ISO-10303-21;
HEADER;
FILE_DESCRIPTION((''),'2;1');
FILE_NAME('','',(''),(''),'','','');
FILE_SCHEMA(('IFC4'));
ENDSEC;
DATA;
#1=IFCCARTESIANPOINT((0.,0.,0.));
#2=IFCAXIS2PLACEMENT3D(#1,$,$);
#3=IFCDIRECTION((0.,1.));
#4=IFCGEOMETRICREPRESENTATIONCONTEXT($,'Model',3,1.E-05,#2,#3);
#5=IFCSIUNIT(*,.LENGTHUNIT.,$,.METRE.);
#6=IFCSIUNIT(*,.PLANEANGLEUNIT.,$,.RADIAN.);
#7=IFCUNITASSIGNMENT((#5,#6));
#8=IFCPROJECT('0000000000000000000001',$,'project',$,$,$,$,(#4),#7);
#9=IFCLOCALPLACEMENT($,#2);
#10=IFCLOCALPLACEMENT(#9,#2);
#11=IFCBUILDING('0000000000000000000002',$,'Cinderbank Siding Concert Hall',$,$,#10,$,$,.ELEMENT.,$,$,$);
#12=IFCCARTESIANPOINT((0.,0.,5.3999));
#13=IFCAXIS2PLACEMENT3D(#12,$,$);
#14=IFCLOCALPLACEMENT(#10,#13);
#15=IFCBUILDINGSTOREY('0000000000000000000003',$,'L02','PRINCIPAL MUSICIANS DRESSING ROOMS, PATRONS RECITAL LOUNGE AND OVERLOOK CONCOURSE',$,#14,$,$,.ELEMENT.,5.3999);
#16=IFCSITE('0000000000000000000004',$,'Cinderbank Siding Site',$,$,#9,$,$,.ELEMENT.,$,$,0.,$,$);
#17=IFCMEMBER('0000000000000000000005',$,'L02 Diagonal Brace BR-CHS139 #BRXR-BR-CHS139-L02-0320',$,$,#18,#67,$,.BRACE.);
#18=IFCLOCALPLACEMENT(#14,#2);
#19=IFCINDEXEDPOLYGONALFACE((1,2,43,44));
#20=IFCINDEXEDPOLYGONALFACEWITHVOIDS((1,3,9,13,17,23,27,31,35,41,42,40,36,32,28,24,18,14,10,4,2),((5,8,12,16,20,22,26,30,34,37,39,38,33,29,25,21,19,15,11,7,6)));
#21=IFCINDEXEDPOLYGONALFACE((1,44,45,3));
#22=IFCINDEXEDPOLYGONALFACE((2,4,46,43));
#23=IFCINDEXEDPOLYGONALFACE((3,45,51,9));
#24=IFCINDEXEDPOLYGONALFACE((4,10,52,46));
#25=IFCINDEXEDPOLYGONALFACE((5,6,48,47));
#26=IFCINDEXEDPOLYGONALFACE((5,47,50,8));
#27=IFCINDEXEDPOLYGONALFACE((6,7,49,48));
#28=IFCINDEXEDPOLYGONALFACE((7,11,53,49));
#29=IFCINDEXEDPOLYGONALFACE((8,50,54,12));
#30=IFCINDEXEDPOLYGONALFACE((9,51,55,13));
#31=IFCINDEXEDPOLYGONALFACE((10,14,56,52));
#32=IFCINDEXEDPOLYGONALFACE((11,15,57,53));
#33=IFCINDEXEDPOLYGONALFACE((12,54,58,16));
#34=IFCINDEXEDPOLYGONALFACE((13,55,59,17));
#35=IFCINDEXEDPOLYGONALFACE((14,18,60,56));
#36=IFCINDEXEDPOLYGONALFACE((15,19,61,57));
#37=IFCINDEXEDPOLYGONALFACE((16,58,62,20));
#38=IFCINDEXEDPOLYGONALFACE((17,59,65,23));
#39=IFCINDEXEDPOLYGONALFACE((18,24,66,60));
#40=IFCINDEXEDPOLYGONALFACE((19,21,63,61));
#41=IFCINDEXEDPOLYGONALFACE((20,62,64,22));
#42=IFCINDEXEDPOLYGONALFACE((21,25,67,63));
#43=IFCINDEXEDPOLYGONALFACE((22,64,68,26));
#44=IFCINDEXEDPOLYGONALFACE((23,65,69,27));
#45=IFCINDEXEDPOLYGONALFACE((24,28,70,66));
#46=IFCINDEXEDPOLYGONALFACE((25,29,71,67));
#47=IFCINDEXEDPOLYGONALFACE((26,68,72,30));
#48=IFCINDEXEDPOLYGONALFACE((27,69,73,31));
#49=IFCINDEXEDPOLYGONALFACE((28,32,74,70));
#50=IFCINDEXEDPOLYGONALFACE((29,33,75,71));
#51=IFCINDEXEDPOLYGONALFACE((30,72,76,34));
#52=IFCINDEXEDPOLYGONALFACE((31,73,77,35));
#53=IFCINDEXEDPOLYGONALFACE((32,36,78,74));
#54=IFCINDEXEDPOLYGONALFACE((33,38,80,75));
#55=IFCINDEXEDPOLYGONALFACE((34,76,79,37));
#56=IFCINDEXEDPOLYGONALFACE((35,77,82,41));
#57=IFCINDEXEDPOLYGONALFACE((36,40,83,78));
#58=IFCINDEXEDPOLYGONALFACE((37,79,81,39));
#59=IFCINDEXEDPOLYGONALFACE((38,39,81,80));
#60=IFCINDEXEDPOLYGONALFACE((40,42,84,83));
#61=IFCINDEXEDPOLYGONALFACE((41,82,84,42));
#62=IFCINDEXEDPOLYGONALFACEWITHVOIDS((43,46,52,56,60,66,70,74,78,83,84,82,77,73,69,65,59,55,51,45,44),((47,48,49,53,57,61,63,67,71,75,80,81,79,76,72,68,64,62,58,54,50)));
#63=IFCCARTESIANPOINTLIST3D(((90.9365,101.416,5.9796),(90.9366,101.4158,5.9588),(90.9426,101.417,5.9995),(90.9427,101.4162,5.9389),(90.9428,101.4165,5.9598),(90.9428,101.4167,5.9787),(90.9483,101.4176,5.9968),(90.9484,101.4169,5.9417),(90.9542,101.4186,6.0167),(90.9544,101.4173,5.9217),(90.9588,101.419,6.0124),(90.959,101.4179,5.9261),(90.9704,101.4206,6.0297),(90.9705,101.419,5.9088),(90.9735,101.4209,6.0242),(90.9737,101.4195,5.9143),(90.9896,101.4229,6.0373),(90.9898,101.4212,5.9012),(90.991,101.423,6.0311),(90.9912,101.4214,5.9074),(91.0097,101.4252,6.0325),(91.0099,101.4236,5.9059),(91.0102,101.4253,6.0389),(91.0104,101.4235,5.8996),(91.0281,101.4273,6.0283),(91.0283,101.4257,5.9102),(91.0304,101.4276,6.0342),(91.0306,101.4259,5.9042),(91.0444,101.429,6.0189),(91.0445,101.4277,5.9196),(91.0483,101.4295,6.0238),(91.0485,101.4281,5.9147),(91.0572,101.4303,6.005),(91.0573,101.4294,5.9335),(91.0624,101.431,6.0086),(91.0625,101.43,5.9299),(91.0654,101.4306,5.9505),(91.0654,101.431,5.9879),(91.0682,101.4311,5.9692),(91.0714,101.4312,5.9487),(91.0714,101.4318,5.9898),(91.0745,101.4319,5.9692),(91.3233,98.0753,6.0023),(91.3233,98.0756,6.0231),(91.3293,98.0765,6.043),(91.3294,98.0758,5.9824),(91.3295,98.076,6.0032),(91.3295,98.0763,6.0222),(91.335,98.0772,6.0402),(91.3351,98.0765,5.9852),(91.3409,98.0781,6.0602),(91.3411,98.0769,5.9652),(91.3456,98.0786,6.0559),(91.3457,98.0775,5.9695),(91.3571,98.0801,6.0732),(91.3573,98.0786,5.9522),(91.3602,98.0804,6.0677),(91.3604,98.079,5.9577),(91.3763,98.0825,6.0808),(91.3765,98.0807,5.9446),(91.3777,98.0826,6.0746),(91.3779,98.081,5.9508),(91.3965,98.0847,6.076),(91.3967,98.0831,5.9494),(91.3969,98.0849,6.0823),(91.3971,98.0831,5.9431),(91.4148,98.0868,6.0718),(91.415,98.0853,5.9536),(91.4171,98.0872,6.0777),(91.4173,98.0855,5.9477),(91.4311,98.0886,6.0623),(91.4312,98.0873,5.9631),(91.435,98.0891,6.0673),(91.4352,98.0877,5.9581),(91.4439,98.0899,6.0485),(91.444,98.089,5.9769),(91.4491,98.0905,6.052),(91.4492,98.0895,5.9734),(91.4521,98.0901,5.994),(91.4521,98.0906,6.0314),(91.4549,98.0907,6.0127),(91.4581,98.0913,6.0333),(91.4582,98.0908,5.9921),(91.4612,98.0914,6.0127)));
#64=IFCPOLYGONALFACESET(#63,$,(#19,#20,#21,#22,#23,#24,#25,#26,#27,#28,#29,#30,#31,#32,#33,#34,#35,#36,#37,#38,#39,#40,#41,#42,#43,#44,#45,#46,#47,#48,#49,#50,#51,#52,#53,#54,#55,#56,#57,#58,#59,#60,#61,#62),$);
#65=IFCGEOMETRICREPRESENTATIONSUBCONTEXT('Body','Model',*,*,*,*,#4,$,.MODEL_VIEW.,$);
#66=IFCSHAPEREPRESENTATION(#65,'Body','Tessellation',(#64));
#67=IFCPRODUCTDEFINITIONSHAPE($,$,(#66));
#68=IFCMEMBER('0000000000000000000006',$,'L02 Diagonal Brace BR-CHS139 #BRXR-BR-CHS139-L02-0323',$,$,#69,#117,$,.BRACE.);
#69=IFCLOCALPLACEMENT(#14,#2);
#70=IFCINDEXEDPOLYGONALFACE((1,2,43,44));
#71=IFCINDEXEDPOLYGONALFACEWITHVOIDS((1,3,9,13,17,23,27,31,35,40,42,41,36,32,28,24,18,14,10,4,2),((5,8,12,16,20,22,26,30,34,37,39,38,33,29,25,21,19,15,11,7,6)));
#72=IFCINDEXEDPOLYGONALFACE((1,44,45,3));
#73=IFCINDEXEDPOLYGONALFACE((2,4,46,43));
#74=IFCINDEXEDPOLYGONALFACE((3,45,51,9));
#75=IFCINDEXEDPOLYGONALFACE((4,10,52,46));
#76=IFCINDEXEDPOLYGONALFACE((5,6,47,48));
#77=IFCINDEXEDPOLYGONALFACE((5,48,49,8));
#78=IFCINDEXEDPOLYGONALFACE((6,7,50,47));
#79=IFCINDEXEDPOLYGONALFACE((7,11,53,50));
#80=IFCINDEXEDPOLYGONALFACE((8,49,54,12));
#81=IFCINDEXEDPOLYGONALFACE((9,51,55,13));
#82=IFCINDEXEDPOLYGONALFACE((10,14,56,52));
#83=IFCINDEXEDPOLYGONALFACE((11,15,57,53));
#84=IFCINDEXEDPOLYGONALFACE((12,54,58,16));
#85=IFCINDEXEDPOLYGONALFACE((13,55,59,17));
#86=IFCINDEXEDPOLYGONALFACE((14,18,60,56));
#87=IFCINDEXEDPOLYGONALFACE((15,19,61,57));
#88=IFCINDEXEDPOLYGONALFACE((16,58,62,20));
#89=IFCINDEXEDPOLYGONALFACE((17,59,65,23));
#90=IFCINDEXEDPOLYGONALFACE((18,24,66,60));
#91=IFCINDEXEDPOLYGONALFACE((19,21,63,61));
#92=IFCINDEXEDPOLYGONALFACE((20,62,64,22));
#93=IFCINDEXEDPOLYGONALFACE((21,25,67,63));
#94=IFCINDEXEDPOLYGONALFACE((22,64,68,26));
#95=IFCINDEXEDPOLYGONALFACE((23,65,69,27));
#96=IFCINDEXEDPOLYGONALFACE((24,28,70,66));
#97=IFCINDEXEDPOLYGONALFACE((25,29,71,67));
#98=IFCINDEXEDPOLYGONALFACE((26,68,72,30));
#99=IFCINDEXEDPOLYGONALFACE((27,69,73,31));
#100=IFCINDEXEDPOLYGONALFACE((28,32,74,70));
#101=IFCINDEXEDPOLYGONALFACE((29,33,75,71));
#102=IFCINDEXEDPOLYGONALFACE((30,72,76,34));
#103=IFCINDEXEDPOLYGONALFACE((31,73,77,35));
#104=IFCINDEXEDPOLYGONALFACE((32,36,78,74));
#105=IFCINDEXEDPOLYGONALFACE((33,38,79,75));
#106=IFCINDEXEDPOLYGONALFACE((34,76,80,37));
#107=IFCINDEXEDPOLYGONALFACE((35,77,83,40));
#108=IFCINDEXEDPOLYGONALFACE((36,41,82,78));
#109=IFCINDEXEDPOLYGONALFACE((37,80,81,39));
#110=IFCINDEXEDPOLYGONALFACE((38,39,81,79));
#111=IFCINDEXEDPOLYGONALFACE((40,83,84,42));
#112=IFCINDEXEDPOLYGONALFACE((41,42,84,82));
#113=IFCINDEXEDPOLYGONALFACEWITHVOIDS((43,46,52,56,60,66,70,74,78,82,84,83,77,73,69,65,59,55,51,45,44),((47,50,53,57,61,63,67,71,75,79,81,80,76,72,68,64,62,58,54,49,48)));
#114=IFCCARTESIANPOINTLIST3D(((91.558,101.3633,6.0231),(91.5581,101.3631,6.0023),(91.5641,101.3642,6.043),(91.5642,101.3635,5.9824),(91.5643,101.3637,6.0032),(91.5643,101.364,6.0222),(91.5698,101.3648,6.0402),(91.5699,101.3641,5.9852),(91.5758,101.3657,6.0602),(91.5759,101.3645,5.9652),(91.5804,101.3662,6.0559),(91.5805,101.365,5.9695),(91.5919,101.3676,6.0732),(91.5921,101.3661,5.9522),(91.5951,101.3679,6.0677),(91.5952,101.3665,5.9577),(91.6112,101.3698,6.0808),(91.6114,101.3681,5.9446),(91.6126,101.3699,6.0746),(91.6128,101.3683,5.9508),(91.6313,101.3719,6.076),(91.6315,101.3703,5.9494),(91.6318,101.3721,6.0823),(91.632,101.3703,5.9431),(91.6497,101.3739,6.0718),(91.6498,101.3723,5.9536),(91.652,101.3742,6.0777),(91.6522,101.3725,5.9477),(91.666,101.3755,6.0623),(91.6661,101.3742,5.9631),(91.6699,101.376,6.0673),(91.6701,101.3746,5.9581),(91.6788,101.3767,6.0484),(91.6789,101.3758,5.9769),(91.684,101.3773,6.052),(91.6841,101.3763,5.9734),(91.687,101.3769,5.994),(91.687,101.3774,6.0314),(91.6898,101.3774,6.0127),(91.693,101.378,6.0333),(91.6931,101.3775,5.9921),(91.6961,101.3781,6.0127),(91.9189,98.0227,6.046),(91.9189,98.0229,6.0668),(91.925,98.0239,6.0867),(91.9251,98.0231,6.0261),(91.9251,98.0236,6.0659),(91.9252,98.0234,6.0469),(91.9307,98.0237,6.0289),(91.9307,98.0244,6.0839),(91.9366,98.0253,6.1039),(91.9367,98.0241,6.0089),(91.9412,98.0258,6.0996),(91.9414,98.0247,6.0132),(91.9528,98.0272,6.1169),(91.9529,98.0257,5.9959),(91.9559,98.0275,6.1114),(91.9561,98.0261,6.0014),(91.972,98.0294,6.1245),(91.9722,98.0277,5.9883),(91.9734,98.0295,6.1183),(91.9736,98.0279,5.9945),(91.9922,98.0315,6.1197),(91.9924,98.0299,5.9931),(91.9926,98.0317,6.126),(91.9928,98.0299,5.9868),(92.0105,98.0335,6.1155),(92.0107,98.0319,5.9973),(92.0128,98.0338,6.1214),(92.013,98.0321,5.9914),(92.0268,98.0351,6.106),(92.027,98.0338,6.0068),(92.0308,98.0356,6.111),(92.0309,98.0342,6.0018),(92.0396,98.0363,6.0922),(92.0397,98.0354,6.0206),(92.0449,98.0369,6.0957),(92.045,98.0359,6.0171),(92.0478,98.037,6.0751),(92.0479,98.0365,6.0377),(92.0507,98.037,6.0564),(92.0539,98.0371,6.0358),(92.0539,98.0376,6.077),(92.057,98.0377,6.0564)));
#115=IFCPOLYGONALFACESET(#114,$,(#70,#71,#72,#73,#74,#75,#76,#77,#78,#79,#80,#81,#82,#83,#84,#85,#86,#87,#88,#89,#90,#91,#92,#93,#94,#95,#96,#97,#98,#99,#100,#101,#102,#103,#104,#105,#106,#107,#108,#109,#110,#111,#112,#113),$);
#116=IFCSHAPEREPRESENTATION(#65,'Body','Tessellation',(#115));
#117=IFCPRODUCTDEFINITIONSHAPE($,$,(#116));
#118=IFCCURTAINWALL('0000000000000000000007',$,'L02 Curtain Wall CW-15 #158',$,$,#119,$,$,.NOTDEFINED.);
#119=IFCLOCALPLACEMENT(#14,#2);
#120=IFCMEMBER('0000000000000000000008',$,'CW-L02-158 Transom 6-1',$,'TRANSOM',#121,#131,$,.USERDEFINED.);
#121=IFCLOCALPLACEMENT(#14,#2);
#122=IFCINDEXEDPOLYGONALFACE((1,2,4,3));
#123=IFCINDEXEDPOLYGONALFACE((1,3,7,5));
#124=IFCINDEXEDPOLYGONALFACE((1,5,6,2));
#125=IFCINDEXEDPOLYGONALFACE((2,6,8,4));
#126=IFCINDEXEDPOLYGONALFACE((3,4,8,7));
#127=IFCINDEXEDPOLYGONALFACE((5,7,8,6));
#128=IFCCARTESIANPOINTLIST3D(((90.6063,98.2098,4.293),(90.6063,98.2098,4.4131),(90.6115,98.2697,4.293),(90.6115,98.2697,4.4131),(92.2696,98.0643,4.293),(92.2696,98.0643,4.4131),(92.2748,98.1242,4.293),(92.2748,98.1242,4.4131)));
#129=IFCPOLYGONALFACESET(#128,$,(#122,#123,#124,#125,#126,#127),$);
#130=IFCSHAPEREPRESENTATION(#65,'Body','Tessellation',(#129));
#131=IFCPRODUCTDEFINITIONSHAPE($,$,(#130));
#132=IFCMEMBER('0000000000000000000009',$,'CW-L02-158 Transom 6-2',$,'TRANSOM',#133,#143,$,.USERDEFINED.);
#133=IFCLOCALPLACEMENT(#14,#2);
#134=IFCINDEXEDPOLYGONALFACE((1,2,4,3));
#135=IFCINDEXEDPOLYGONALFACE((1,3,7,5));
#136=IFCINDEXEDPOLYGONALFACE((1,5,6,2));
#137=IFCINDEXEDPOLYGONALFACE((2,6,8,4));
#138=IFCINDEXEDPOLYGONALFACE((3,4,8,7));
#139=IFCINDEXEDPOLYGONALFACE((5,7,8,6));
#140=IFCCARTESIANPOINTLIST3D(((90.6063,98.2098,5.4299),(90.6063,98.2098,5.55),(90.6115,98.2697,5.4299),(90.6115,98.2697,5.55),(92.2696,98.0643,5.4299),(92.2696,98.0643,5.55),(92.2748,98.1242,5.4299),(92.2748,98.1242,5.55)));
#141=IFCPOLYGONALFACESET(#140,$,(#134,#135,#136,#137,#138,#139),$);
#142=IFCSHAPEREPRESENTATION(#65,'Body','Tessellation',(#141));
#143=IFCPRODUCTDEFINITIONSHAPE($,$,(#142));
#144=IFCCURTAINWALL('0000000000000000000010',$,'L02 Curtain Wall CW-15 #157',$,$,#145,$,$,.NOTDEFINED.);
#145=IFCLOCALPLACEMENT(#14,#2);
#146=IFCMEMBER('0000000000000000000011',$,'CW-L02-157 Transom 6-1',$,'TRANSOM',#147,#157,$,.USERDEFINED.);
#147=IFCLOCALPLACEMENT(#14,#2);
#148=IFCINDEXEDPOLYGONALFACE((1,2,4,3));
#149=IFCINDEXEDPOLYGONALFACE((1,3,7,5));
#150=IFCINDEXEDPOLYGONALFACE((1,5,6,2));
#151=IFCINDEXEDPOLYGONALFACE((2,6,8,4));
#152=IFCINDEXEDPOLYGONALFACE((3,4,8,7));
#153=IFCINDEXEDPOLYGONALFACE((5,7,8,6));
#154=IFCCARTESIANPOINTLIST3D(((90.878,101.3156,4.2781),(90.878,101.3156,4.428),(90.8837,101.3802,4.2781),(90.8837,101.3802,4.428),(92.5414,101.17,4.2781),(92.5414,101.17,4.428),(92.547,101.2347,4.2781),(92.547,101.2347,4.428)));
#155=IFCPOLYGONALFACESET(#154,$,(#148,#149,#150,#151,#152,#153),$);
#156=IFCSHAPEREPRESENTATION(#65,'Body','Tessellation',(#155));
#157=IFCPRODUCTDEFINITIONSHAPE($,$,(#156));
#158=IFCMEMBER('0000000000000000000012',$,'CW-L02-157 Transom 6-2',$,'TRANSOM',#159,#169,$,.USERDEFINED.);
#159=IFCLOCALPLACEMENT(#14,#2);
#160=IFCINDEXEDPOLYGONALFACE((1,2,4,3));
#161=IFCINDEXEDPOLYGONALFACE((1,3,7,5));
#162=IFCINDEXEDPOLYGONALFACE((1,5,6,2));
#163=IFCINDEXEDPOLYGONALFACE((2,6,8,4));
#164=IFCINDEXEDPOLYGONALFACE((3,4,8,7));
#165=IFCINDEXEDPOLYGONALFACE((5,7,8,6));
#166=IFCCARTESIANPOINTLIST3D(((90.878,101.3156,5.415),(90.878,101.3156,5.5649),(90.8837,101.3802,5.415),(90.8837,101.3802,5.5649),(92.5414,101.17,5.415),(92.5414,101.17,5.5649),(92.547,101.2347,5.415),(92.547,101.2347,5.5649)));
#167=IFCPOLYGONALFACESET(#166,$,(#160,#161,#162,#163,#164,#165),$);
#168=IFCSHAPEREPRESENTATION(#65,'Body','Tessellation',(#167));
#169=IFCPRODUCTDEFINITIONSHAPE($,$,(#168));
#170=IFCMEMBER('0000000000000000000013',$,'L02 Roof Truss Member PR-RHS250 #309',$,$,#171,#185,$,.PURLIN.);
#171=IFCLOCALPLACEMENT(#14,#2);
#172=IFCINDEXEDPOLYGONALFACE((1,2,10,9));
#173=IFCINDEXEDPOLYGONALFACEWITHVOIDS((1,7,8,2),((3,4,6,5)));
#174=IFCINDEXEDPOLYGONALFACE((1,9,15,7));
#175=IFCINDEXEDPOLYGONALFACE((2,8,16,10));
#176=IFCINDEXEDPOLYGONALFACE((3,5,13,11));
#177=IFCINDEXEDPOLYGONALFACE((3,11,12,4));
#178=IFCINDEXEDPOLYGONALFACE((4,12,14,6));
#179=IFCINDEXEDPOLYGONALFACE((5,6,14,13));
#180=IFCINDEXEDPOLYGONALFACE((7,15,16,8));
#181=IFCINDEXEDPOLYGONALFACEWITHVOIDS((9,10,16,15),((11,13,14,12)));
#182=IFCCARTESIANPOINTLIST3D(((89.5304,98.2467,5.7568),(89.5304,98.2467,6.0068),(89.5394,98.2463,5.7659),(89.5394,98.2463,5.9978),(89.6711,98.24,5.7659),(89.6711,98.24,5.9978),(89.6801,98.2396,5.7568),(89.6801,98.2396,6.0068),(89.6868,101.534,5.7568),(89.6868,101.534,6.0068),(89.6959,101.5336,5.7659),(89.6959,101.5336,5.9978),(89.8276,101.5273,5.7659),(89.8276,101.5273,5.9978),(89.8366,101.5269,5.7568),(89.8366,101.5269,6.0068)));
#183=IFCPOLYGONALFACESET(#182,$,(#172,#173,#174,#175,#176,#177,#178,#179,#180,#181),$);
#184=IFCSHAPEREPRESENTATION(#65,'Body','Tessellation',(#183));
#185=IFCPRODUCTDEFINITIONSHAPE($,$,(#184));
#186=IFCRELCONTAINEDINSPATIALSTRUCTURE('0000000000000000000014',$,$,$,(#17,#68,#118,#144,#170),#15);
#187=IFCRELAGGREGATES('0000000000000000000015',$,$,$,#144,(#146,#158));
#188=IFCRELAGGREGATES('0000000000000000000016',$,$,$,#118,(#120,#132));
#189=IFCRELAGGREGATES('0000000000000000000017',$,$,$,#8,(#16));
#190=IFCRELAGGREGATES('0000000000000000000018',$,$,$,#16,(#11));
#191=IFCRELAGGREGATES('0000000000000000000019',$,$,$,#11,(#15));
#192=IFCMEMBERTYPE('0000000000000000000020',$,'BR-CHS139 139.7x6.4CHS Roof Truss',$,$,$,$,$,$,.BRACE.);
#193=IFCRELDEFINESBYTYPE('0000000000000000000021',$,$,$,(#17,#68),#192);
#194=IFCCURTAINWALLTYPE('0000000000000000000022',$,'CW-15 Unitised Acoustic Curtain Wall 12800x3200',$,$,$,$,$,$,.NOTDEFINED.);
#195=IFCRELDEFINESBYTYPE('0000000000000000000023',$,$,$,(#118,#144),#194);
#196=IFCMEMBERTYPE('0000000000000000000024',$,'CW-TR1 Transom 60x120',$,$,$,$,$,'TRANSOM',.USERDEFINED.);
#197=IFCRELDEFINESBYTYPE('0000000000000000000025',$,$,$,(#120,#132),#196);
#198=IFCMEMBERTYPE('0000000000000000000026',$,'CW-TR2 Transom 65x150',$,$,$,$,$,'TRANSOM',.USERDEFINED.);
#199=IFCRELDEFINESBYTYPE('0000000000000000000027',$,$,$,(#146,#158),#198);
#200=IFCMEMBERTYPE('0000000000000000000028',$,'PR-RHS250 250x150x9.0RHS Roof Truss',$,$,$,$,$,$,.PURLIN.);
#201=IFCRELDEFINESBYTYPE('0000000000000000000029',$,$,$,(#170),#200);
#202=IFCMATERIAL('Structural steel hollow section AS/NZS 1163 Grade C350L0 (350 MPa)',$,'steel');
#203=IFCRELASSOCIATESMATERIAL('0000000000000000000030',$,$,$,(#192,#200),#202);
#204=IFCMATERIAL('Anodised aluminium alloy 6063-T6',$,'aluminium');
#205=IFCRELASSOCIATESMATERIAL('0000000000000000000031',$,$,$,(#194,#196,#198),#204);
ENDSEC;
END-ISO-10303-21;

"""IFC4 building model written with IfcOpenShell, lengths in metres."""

from ifc_helpers import new_model, si_unit, direction, frame, origin, origin_2d, place, context, subcontext, project, spatial, rectangle, hollow_rectangle, hollow_circle, extrude, material, material_profile, profile_set, type_object, element, aggregate, save


model = new_model("IFC4")

# Units and contexts
model_context = context("Model", 3, precision=1e-05, world=origin(), true_north=direction((0.0, 1.0)))
body_context = subcontext(model_context, "Body", "Model", "MODEL_VIEW")
ifc_project = project(units=[si_unit("LENGTHUNIT", "METRE"), si_unit("PLANEANGLEUNIT", "RADIAN")], contexts=[model_context])

# Site, building, storey
site_placement = place(None, origin())
site = spatial("IfcSite", under=ifc_project, at=site_placement, Name="Cinderbank Siding Site", CompositionType="ELEMENT", RefElevation=0.0)
building_placement = place(site_placement, origin())
building = spatial("IfcBuilding", under=site, at=building_placement, Name="Cinderbank Siding Concert Hall", CompositionType="ELEMENT")
storey_placement = place(building_placement, frame((0.0, 0.0, 5.3999)))
storey = spatial("IfcBuildingStorey", under=building, at=storey_placement, Name="L02", Description="PRINCIPAL MUSICIANS DRESSING ROOMS, PATRONS RECITAL LOUNGE AND OVERLOOK CONCOURSE", CompositionType="ELEMENT", Elevation=5.3999)

# Members
ifc_material_1 = material(Name="Structural steel hollow section AS/NZS 1163 Grade C350L0 (350 MPa)", Category="steel")
ifc_material_profile_1 = material_profile(ifc_material_1, hollow_circle(Radius=0.0698, WallThickness=0.0063, at=origin_2d()), Name="139.7x6.4CHS", Category="LoadBearing")
ifc_profile_set_1 = profile_set([ifc_material_profile_1], Name="Structural steel hollow section AS/NZS 1163 Grade C350L0 (350 MPa)")
member_type_1 = type_object("IfcMemberType", Name="BR-CHS139 139.7x6.4CHS Roof Truss", PredefinedType="BRACE", material=ifc_profile_set_1)
member_1_placement = place(storey_placement, frame((91.0051, 101.4238, 5.9692), z_axis=(0.114995, -0.993282, 0.012922), x_axis=(0.993365, 0.115004, 0.0)))
element("IfcMember", 1, at=member_1_placement, inside=storey, type_object=member_type_1, Name="L02 Diagonal Brace BR-CHS139 #BRXR-BR-CHS139-L02-0320", PredefinedType="BRACE", context=body_context, shape_type="SweptSolid", body=[
    extrude(hollow_circle(Radius=0.0698, WallThickness=0.0063, at=origin_2d()), origin(), (0.0, 0.0, 1.0), 3.363),
])
member_2_placement = place(storey_placement, frame((91.6267, 101.3706, 6.0127), z_axis=(0.107391, -0.994132, 0.013006), x_axis=(0.994216, 0.1074, 0.0)))
element("IfcMember", 2, at=member_2_placement, inside=storey, type_object=member_type_1, Name="L02 Diagonal Brace BR-CHS139 #BRXR-BR-CHS139-L02-0323", PredefinedType="BRACE", context=body_context, shape_type="SweptSolid", body=[
    extrude(hollow_circle(Radius=0.0698, WallThickness=0.0063, at=origin_2d()), origin(), (0.0, 0.0, 1.0), 3.3601),
])

# Curtain walls, members
ifc_material_2 = material(Name="Anodised aluminium alloy 6063-T6", Category="aluminium")
curtain_wall_type = type_object("IfcCurtainWallType", Name="CW-15 Unitised Acoustic Curtain Wall 12800x3200", PredefinedType="NOTDEFINED", material=ifc_material_2)
curtain_wall_1_placement = place(storey_placement, origin())
curtain_wall_1 = element("IfcCurtainWall", 3, at=curtain_wall_1_placement, inside=storey, type_object=curtain_wall_type, Name="L02 Curtain Wall CW-15 #158", PredefinedType="NOTDEFINED")
ifc_material_profile_2 = material_profile(ifc_material_2, rectangle(XDim=0.0601, YDim=0.1201, at=origin_2d()), Name="ALU-TRAN-60x120", Category="LoadBearing")
ifc_profile_set_2 = profile_set([ifc_material_profile_2], Name="Anodised aluminium alloy 6063-T6")
member_type_2 = type_object("IfcMemberType", Name="CW-TR1 Transom 60x120", ElementType="TRANSOM", PredefinedType="USERDEFINED", material=ifc_profile_set_2)
member_3_placement = place(storey_placement, frame((90.6089, 98.2397, 4.353), z_axis=(0.996195, -0.087147, 0.0), x_axis=(0.087147, 0.996195, 0.0)))
member_3 = element("IfcMember", 4, at=member_3_placement, type_object=member_type_2, Name="CW-L02-158 Transom 6-1", ObjectType="TRANSOM", PredefinedType="USERDEFINED", context=body_context, shape_type="SweptSolid", body=[
    extrude(rectangle(XDim=0.0601, YDim=0.1201, at=origin_2d()), origin(), (0.0, 0.0, 1.0), 1.6697),
])
member_4_placement = place(storey_placement, frame((90.6089, 98.2397, 5.49), z_axis=(0.996195, -0.087147, 0.0), x_axis=(0.087147, 0.996195, 0.0)))
member_4 = element("IfcMember", 5, at=member_4_placement, type_object=member_type_2, Name="CW-L02-158 Transom 6-2", ObjectType="TRANSOM", PredefinedType="USERDEFINED", context=body_context, shape_type="SweptSolid", body=[
    extrude(rectangle(XDim=0.0601, YDim=0.1201, at=origin_2d()), origin(), (0.0, 0.0, 1.0), 1.6697),
])
curtain_wall_2_placement = place(storey_placement, origin())
curtain_wall_2 = element("IfcCurtainWall", 6, at=curtain_wall_2_placement, inside=storey, type_object=curtain_wall_type, Name="L02 Curtain Wall CW-15 #157", PredefinedType="NOTDEFINED")
ifc_material_profile_3 = material_profile(ifc_material_2, rectangle(XDim=0.0649, YDim=0.1499, at=origin_2d()), Name="ALU-TRAN-65x150", Category="LoadBearing")
ifc_profile_set_3 = profile_set([ifc_material_profile_3], Name="Anodised aluminium alloy 6063-T6")
member_type_3 = type_object("IfcMemberType", Name="CW-TR2 Transom 65x150", ElementType="TRANSOM", PredefinedType="USERDEFINED", material=ifc_profile_set_3)
member_5_placement = place(storey_placement, frame((90.8809, 101.3479, 4.353), z_axis=(0.996195, -0.087147, 0.0), x_axis=(0.087147, 0.996195, 0.0)))
member_5 = element("IfcMember", 7, at=member_5_placement, type_object=member_type_3, Name="CW-L02-157 Transom 6-1", ObjectType="TRANSOM", PredefinedType="USERDEFINED", context=body_context, shape_type="SweptSolid", body=[
    extrude(rectangle(XDim=0.0649, YDim=0.1499, at=origin_2d()), origin(), (0.0, 0.0, 1.0), 1.6697),
])
member_6_placement = place(storey_placement, frame((90.8809, 101.3479, 5.49), z_axis=(0.996195, -0.087147, 0.0), x_axis=(0.087147, 0.996195, 0.0)))
member_6 = element("IfcMember", 8, at=member_6_placement, type_object=member_type_3, Name="CW-L02-157 Transom 6-2", ObjectType="TRANSOM", PredefinedType="USERDEFINED", context=body_context, shape_type="SweptSolid", body=[
    extrude(rectangle(XDim=0.0649, YDim=0.1499, at=origin_2d()), origin(), (0.0, 0.0, 1.0), 1.6697),
])

# Member
ifc_material_profile_4 = material_profile(ifc_material_1, hollow_rectangle(XDim=0.1499, YDim=0.25, WallThickness=0.009, at=origin_2d()), Name="250x150x9.0RHS", Category="LoadBearing")
ifc_profile_set_4 = profile_set([ifc_material_profile_4], Name="Structural steel hollow section AS/NZS 1163 Grade C350L0 (350 MPa)")
member_type_4 = type_object("IfcMemberType", Name="PR-RHS250 250x150x9.0RHS Roof Truss", PredefinedType="PURLIN", material=ifc_profile_set_4)
member_7_placement = place(storey_placement, frame((89.6052, 98.2432, 5.8818), z_axis=(0.047551, 0.998869, 0.0), x_axis=(-0.998869, 0.047551, 0.0)))
element("IfcMember", 9, at=member_7_placement, inside=storey, type_object=member_type_4, Name="L02 Roof Truss Member PR-RHS250 #309", PredefinedType="PURLIN", context=body_context, shape_type="SweptSolid", body=[
    extrude(hollow_rectangle(XDim=0.1499, YDim=0.25, WallThickness=0.009, at=origin_2d()), origin(), (0.0, 0.0, 1.0), 3.291),
])

aggregate(curtain_wall_2, [member_5, member_6])
aggregate(curtain_wall_1, [member_3, member_4])

save(model, "model.ifc")
